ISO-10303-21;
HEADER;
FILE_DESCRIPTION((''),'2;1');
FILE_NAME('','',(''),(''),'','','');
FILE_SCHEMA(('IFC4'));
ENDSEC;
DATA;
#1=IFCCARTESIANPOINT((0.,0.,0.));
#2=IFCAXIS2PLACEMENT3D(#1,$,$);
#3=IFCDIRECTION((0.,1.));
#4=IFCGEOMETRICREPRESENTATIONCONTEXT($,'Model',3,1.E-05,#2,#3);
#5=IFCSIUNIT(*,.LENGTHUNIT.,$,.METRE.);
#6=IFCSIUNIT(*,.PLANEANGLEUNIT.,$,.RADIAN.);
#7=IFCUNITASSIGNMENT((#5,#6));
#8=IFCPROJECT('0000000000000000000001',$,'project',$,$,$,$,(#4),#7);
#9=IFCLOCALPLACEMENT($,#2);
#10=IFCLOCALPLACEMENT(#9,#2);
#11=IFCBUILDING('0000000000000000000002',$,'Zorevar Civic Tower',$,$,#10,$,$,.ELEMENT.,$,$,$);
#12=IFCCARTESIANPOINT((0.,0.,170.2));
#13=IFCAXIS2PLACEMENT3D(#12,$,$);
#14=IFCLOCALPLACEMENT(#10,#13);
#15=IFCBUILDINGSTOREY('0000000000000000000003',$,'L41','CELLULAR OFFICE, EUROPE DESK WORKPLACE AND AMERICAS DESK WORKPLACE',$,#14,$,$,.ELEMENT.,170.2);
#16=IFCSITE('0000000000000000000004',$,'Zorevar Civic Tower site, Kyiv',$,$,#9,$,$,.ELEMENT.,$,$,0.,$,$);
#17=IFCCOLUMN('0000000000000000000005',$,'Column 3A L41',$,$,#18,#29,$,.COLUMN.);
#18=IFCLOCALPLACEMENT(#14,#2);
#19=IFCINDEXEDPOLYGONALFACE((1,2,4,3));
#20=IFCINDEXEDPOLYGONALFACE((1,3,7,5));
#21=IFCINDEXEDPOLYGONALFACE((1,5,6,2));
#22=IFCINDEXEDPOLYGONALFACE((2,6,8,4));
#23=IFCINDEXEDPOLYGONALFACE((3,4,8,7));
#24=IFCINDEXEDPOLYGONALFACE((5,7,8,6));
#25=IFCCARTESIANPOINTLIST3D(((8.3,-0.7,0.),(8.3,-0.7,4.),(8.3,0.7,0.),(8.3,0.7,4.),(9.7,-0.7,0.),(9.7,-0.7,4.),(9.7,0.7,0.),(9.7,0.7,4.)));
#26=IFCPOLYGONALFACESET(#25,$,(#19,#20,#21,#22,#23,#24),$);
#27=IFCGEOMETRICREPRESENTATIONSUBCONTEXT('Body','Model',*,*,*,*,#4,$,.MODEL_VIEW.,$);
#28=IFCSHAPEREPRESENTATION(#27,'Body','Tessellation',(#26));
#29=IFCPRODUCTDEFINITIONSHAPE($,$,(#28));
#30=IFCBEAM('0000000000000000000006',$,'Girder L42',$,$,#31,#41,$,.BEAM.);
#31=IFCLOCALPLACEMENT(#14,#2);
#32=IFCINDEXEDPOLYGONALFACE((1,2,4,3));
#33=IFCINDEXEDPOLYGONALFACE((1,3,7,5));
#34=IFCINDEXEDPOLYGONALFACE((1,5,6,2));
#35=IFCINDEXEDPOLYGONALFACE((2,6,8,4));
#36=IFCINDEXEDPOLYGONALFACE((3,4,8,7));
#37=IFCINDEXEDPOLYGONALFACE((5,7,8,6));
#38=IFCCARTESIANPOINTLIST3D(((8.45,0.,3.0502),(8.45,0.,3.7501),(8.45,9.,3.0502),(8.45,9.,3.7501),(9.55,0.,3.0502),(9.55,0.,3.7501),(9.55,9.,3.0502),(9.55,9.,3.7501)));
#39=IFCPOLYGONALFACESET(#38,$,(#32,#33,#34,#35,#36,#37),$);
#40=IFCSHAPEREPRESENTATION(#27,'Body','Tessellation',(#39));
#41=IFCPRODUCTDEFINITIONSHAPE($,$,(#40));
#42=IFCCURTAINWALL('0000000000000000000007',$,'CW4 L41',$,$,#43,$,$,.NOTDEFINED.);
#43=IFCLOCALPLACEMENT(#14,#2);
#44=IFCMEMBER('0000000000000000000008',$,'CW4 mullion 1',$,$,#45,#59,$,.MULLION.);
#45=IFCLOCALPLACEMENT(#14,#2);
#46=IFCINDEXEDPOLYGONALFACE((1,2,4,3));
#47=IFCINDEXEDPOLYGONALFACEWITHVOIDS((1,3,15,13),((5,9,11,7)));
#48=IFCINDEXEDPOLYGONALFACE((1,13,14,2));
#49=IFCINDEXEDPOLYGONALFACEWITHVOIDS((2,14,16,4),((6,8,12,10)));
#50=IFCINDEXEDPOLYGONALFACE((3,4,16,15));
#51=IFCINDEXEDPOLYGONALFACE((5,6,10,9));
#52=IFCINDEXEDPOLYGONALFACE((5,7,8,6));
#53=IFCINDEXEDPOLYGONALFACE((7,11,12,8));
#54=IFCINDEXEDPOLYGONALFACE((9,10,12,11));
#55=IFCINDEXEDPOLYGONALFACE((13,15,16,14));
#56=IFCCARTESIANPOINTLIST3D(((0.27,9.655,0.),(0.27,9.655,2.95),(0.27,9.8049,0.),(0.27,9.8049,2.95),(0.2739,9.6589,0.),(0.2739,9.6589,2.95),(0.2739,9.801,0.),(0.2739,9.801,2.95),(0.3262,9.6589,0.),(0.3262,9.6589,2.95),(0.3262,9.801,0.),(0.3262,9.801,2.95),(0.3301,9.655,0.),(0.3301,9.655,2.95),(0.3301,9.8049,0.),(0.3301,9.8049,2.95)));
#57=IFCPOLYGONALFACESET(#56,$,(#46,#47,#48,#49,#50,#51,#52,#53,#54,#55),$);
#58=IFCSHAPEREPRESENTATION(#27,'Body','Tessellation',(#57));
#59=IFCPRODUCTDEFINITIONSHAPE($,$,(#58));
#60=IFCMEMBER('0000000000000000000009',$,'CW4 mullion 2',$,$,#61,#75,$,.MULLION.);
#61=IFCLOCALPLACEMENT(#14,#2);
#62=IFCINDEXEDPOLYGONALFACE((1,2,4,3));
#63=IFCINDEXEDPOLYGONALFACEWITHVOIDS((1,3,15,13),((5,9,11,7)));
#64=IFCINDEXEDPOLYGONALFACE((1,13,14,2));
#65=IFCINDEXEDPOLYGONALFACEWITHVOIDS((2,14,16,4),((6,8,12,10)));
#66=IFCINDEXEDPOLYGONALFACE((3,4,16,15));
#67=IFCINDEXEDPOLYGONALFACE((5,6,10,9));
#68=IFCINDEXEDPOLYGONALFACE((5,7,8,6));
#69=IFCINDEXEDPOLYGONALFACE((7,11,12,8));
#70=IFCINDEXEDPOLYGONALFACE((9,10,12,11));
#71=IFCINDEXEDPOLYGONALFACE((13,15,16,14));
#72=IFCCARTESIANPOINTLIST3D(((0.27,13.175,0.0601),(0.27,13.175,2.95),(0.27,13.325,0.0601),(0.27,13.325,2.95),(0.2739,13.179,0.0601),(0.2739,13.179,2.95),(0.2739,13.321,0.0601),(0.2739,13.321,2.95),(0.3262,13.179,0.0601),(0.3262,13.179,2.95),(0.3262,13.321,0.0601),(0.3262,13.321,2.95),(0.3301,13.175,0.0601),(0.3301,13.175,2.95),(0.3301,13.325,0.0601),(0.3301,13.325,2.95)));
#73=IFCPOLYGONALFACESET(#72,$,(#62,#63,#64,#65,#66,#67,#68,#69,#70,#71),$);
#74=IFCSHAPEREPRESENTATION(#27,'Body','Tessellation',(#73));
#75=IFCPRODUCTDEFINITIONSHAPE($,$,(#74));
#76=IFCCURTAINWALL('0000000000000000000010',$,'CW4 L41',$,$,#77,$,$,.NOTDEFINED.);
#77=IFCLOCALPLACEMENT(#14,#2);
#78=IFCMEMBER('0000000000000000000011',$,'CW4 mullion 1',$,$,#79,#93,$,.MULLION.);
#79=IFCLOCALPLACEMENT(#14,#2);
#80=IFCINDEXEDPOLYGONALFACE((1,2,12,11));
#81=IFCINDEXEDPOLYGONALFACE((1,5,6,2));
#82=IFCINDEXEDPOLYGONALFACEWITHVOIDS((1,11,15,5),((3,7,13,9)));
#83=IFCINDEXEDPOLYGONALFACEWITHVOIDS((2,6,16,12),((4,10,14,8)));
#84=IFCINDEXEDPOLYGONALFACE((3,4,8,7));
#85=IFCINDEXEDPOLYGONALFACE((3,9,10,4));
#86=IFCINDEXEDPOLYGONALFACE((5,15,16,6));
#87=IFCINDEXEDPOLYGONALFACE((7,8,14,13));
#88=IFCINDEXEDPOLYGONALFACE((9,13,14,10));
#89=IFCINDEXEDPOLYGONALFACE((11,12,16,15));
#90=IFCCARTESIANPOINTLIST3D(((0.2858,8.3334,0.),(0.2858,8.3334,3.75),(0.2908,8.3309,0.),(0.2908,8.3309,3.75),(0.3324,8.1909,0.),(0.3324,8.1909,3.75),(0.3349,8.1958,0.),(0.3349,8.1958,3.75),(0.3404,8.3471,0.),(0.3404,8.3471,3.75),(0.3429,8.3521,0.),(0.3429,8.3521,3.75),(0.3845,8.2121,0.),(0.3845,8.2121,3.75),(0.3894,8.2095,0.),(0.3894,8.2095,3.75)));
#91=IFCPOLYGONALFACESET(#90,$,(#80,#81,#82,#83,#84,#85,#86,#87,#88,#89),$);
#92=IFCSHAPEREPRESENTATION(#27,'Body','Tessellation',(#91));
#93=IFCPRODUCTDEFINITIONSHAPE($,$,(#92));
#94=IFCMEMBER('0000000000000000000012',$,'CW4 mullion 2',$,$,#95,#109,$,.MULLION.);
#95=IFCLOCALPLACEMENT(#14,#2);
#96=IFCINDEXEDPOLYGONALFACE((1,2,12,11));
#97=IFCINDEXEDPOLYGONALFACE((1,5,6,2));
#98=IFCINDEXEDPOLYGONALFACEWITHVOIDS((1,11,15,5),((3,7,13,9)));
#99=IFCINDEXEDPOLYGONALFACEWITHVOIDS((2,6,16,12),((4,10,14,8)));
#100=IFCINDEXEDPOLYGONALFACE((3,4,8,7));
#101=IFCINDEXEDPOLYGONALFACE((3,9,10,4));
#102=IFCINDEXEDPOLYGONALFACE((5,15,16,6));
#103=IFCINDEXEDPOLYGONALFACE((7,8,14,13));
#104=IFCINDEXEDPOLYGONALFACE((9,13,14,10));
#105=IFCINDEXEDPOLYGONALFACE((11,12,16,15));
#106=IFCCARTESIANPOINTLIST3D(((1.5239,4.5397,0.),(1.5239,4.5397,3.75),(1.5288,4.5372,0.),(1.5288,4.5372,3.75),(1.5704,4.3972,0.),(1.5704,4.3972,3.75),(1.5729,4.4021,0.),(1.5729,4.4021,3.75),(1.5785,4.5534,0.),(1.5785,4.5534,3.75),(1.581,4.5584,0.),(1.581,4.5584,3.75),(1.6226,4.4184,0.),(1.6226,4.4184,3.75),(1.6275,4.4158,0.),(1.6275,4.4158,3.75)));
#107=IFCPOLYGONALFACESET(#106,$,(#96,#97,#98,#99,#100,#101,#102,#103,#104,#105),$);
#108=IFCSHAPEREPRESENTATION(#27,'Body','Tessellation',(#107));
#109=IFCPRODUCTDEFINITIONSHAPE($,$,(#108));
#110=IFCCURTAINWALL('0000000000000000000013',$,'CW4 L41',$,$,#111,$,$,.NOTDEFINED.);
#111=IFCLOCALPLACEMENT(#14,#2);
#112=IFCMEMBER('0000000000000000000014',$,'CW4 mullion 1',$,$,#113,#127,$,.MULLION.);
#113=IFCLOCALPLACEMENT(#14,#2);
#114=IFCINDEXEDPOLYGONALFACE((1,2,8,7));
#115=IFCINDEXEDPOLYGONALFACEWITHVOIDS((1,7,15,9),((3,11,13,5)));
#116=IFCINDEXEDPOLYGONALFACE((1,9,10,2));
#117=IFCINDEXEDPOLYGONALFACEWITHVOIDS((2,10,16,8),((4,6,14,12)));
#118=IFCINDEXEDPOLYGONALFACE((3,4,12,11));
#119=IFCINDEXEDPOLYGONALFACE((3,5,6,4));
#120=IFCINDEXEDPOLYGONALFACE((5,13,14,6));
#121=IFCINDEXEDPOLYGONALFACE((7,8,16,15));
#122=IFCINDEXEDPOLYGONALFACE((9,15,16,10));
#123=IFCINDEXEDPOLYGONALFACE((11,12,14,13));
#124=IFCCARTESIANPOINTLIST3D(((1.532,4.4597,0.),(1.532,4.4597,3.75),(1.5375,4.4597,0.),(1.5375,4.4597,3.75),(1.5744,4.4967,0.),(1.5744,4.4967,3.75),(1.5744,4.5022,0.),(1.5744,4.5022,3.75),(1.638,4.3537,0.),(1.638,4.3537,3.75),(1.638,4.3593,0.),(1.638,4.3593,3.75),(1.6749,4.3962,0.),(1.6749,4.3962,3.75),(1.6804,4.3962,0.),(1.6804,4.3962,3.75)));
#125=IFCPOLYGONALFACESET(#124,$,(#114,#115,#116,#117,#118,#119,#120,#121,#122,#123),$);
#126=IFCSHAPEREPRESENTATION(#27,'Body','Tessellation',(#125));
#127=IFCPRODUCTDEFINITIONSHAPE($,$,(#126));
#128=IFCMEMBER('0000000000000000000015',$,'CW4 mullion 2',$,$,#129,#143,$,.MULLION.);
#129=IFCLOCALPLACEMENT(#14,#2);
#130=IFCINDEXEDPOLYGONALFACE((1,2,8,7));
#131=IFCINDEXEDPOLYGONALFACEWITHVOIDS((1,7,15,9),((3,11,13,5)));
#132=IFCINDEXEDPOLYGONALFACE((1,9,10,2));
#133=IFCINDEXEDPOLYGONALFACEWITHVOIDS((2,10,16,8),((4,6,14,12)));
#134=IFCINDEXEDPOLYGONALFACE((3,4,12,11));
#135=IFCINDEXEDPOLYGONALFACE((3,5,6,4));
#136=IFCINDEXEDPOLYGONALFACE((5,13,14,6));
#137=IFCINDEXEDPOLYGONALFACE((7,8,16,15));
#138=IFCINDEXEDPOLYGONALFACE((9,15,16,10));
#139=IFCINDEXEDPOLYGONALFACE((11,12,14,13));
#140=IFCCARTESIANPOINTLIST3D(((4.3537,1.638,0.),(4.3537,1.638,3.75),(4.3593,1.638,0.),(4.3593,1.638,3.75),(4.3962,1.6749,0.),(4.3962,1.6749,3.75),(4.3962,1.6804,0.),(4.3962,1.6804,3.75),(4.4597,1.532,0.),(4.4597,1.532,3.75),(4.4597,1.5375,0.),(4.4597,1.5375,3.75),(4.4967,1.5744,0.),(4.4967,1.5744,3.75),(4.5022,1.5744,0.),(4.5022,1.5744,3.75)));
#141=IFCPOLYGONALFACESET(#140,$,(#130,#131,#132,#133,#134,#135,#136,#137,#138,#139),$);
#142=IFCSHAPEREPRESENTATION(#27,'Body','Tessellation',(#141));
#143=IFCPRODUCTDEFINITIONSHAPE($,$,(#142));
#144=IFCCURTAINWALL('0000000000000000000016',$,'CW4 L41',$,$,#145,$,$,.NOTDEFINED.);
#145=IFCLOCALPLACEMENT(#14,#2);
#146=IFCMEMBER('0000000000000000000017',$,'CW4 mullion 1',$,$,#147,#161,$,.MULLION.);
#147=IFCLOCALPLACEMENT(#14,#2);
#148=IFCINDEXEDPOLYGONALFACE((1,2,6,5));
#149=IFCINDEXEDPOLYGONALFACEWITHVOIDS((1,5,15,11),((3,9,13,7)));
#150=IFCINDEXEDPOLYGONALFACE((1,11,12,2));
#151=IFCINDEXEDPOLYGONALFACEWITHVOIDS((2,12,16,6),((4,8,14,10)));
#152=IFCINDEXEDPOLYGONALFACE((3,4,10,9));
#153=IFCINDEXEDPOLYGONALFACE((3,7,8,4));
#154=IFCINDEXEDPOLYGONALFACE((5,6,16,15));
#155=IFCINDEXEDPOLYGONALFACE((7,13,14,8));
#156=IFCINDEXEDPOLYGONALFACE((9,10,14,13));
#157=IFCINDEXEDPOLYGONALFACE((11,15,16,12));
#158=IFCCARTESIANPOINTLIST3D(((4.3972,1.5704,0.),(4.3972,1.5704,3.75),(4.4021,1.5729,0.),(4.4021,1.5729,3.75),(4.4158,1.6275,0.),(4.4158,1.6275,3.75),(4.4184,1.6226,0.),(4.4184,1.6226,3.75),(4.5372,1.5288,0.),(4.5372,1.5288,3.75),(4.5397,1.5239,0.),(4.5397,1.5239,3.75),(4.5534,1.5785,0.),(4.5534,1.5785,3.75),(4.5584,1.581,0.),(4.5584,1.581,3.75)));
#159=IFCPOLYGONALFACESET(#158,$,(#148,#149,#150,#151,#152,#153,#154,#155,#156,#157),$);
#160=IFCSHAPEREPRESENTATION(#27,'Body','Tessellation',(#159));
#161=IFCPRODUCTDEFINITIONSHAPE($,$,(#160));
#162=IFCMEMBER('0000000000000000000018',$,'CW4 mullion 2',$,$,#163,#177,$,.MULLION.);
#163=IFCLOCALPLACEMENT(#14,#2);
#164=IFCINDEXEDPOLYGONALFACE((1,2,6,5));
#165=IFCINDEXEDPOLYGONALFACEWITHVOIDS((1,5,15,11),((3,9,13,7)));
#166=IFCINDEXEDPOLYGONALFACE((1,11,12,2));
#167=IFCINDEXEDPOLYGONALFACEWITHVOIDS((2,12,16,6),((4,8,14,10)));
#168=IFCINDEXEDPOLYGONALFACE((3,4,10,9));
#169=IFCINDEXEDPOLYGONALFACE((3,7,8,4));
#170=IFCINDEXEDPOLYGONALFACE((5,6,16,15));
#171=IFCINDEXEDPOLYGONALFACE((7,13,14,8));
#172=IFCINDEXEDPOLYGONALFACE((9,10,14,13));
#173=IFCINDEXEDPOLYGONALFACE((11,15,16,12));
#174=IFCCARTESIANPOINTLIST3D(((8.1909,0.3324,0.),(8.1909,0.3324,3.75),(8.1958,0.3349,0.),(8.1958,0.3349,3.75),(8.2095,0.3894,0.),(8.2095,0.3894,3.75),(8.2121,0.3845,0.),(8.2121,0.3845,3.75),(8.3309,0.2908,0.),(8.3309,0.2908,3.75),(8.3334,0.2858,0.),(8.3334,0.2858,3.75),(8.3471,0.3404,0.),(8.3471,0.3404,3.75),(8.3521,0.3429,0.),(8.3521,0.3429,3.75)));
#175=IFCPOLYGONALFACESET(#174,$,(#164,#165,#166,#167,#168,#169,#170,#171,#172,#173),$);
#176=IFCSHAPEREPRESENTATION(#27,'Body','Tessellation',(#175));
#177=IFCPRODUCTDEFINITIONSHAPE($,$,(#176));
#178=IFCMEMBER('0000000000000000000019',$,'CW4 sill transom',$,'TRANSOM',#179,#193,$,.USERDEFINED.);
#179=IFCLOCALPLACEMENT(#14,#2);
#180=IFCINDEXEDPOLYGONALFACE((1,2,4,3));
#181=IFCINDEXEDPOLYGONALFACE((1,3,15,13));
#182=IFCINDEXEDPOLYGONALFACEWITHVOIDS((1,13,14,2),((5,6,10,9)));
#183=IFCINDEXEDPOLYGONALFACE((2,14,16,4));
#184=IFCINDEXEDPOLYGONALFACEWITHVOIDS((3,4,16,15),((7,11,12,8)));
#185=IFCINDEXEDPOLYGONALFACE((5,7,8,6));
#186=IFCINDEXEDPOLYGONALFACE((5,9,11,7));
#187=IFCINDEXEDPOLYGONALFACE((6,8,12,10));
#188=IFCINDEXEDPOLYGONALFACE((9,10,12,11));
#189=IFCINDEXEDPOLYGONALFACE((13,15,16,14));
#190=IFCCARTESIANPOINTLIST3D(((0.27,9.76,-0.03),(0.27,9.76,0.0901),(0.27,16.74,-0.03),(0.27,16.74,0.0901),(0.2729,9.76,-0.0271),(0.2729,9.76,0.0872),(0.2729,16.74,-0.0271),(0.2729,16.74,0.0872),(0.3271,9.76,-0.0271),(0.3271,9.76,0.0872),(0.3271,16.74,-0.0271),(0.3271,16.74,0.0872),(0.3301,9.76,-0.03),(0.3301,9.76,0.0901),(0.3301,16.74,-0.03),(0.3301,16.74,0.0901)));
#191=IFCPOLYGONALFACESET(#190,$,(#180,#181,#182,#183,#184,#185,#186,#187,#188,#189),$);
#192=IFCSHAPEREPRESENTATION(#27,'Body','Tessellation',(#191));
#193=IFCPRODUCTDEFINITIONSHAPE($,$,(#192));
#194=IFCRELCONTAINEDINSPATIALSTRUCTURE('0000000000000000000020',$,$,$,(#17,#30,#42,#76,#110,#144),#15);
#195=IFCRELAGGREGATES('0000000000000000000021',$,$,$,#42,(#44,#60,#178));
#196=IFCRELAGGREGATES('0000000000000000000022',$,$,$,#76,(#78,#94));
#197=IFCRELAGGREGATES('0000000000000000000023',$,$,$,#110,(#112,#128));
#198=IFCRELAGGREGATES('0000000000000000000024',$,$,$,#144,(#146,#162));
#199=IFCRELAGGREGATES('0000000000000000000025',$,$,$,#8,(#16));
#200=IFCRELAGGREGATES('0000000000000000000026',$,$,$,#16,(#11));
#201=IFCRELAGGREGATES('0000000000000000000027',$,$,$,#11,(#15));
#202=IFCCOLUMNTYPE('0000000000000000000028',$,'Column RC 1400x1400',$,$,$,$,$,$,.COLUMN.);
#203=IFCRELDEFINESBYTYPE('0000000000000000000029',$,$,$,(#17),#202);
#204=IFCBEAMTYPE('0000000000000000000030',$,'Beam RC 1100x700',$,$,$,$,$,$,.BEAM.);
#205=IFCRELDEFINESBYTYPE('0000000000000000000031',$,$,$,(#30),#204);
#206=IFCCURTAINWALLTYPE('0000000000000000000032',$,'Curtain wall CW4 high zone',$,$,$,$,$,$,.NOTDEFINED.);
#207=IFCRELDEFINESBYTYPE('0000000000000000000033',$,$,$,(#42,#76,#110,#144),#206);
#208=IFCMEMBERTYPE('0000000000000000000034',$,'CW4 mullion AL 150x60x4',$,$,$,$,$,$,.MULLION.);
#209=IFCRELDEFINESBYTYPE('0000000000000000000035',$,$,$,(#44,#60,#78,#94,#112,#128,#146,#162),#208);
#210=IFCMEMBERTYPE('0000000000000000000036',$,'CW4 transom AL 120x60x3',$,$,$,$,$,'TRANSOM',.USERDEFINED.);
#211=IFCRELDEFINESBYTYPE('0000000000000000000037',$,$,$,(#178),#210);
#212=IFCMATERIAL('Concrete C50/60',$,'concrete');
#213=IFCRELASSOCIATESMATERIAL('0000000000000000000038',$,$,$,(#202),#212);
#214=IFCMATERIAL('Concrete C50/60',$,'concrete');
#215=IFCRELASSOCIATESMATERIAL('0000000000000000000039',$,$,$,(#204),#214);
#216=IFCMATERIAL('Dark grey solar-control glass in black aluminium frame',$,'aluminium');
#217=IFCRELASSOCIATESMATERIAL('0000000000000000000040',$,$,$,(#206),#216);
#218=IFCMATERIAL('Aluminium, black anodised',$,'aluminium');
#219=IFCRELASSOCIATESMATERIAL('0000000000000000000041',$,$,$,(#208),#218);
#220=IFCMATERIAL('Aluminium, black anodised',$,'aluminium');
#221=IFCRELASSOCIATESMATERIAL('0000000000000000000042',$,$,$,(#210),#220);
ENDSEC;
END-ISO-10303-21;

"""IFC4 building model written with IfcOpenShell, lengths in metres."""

from ifc_helpers import new_model, si_unit, direction, frame, origin, origin_2d, place, context, subcontext, project, spatial, rectangle, hollow_rectangle, extrude, material, material_profile, profile_set, type_object, element, aggregate, save


model = new_model("IFC4")

# Units and contexts
model_context = context("Model", 3, precision=1e-05, world=origin(), true_north=direction((0.0, 1.0)))
body_context = subcontext(model_context, "Body", "Model", "MODEL_VIEW")
ifc_project = project(units=[si_unit("LENGTHUNIT", "METRE"), si_unit("PLANEANGLEUNIT", "RADIAN")], contexts=[model_context])

# Site, building, storey
site_placement = place(None, origin())
site = spatial("IfcSite", under=ifc_project, at=site_placement, Name="Zorevar Civic Tower site, Kyiv", CompositionType="ELEMENT", RefElevation=0.0)
building_placement = place(site_placement, origin())
building = spatial("IfcBuilding", under=site, at=building_placement, Name="Zorevar Civic Tower", CompositionType="ELEMENT")
storey_placement = place(building_placement, frame((0.0, 0.0, 170.2)))
storey = spatial("IfcBuildingStorey", under=building, at=storey_placement, Name="L41", Description="CELLULAR OFFICE, EUROPE DESK WORKPLACE AND AMERICAS DESK WORKPLACE", CompositionType="ELEMENT", Elevation=170.2)

# Column
ifc_material_1 = material(Name="Concrete C50/60", Category="concrete")
ifc_material_profile_1 = material_profile(ifc_material_1, rectangle(XDim=1.3999, YDim=1.3999, at=origin_2d()), Name="RC 1400x1400")
ifc_profile_set_1 = profile_set([ifc_material_profile_1], Name="Concrete C50/60")
column_type = type_object("IfcColumnType", Name="Column RC 1400x1400", PredefinedType="COLUMN", material=ifc_profile_set_1)
column_placement = place(storey_placement, frame((9.0, 0.0, 0.0), z_axis=(0.0, 0.0, 1.0), x_axis=(1.0, 0.0, 0.0)))
element("IfcColumn", 1, at=column_placement, inside=storey, type_object=column_type, Name="Column 3A L41", PredefinedType="COLUMN", context=body_context, shape_type="SweptSolid", body=[
    extrude(rectangle(XDim=1.3999, YDim=1.3999, at=origin_2d()), origin(), (0.0, 0.0, 1.0), 4.0),
])

# Beam
ifc_material_2 = material(Name="Concrete C50/60", Category="concrete")
ifc_material_profile_2 = material_profile(ifc_material_2, rectangle(XDim=1.1001, YDim=0.7, at=origin_2d()), Name="RC 1100x700")
ifc_profile_set_2 = profile_set([ifc_material_profile_2], Name="Concrete C50/60")
beam_type_1 = type_object("IfcBeamType", Name="Beam RC 1100x700", PredefinedType="BEAM", material=ifc_profile_set_2)
beam_1_placement = place(storey_placement, frame((9.0, 0.0, 3.4001), z_axis=(0.0, 1.0, 0.0), x_axis=(-1.0, 0.0, 0.0)))
element("IfcBeam", 2, at=beam_1_placement, inside=storey, type_object=beam_type_1, Name="Girder L42", PredefinedType="BEAM", context=body_context, shape_type="SweptSolid", body=[
    extrude(rectangle(XDim=1.1001, YDim=0.7, at=origin_2d()), origin(), (0.0, 0.0, 1.0), 9.0),
])

# Curtain walls, members
ifc_material_3 = material(Name="Dark grey solar-control glass in black aluminium frame", Category="aluminium")
curtain_wall_type = type_object("IfcCurtainWallType", Name="Curtain wall CW4 high zone", PredefinedType="NOTDEFINED", material=ifc_material_3)
curtain_wall_1_placement = place(storey_placement, origin())
curtain_wall_1 = element("IfcCurtainWall", 3, at=curtain_wall_1_placement, inside=storey, type_object=curtain_wall_type, Name="CW4 L41", PredefinedType="NOTDEFINED")
ifc_material_4 = material(Name="Aluminium, black anodised", Category="aluminium")
ifc_material_profile_3 = material_profile(ifc_material_4, hollow_rectangle(XDim=0.0601, YDim=0.1499, WallThickness=0.0039, at=origin_2d()), Name="AL 150x60x4")
ifc_profile_set_3 = profile_set([ifc_material_profile_3], Name="Aluminium, black anodised")
member_type_1 = type_object("IfcMemberType", Name="CW4 mullion AL 150x60x4", PredefinedType="MULLION", material=ifc_profile_set_3)
member_1_placement = place(storey_placement, frame((0.3, 9.73, 0.0), z_axis=(0.0, 0.0, 1.0), x_axis=(-1.0, 0.0, 0.0)))
member_1 = element("IfcMember", 4, at=member_1_placement, type_object=member_type_1, Name="CW4 mullion 1", PredefinedType="MULLION", context=body_context, shape_type="SweptSolid", body=[
    extrude(hollow_rectangle(XDim=0.0601, YDim=0.1499, WallThickness=0.0039, at=origin_2d()), origin(), (0.0, 0.0, 1.0), 2.95),
])
member_2_placement = place(storey_placement, frame((0.3, 13.25, 0.0601), z_axis=(0.0, 0.0, 1.0), x_axis=(-1.0, 0.0, 0.0)))
member_2 = element("IfcMember", 5, at=member_2_placement, type_object=member_type_1, Name="CW4 mullion 2", PredefinedType="MULLION", context=body_context, shape_type="SweptSolid", body=[
    extrude(hollow_rectangle(XDim=0.0601, YDim=0.1499, WallThickness=0.0039, at=origin_2d()), origin(), (0.0, 0.0, 1.0), 2.8899),
])
curtain_wall_2_placement = place(storey_placement, origin())
curtain_wall_2 = element("IfcCurtainWall", 6, at=curtain_wall_2_placement, inside=storey, type_object=curtain_wall_type, Name="CW4 L41", PredefinedType="NOTDEFINED")
member_3_placement = place(storey_placement, frame((0.3376, 8.2715, 0.0), z_axis=(0.0, 0.0, 1.0), x_axis=(0.950645, 0.310281, 0.0)))
member_3 = element("IfcMember", 7, at=member_3_placement, type_object=member_type_1, Name="CW4 mullion 1", PredefinedType="MULLION", context=body_context, shape_type="SweptSolid", body=[
    extrude(hollow_rectangle(XDim=0.0601, YDim=0.1499, WallThickness=0.0039, at=origin_2d()), origin(), (0.0, 0.0, 1.0), 3.75),
])
member_4_placement = place(storey_placement, frame((1.5757, 4.4778, 0.0), z_axis=(0.0, 0.0, 1.0), x_axis=(0.950645, 0.310281, 0.0)))
member_4 = element("IfcMember", 8, at=member_4_placement, type_object=member_type_1, Name="CW4 mullion 2", PredefinedType="MULLION", context=body_context, shape_type="SweptSolid", body=[
    extrude(hollow_rectangle(XDim=0.0601, YDim=0.1499, WallThickness=0.0039, at=origin_2d()), origin(), (0.0, 0.0, 1.0), 3.75),
])
curtain_wall_3_placement = place(storey_placement, origin())
curtain_wall_3 = element("IfcCurtainWall", 9, at=curtain_wall_3_placement, inside=storey, type_object=curtain_wall_type, Name="CW4 L41", PredefinedType="NOTDEFINED")
member_5_placement = place(storey_placement, frame((1.6062, 4.428, 0.0), z_axis=(0.0, 0.0, 1.0), x_axis=(0.707107, 0.707107, 0.0)))
member_5 = element("IfcMember", 10, at=member_5_placement, type_object=member_type_1, Name="CW4 mullion 1", PredefinedType="MULLION", context=body_context, shape_type="SweptSolid", body=[
    extrude(hollow_rectangle(XDim=0.0601, YDim=0.1499, WallThickness=0.0039, at=origin_2d()), origin(), (0.0, 0.0, 1.0), 3.75),
])
member_6_placement = place(storey_placement, frame((4.428, 1.6062, 0.0), z_axis=(0.0, 0.0, 1.0), x_axis=(0.707107, 0.707107, 0.0)))
member_6 = element("IfcMember", 11, at=member_6_placement, type_object=member_type_1, Name="CW4 mullion 2", PredefinedType="MULLION", context=body_context, shape_type="SweptSolid", body=[
    extrude(hollow_rectangle(XDim=0.0601, YDim=0.1499, WallThickness=0.0039, at=origin_2d()), origin(), (0.0, 0.0, 1.0), 3.75),
])
curtain_wall_4_placement = place(storey_placement, origin())
curtain_wall_4 = element("IfcCurtainWall", 12, at=curtain_wall_4_placement, inside=storey, type_object=curtain_wall_type, Name="CW4 L41", PredefinedType="NOTDEFINED")
member_7_placement = place(storey_placement, frame((4.4778, 1.5757, 0.0), z_axis=(0.0, 0.0, 1.0), x_axis=(0.310281, 0.950645, 0.0)))
member_7 = element("IfcMember", 13, at=member_7_placement, type_object=member_type_1, Name="CW4 mullion 1", PredefinedType="MULLION", context=body_context, shape_type="SweptSolid", body=[
    extrude(hollow_rectangle(XDim=0.0601, YDim=0.1499, WallThickness=0.0039, at=origin_2d()), origin(), (0.0, 0.0, 1.0), 3.75),
])
member_8_placement = place(storey_placement, frame((8.2715, 0.3376, 0.0), z_axis=(0.0, 0.0, 1.0), x_axis=(0.310281, 0.950645, 0.0)))
member_8 = element("IfcMember", 14, at=member_8_placement, type_object=member_type_1, Name="CW4 mullion 2", PredefinedType="MULLION", context=body_context, shape_type="SweptSolid", body=[
    extrude(hollow_rectangle(XDim=0.0601, YDim=0.1499, WallThickness=0.0039, at=origin_2d()), origin(), (0.0, 0.0, 1.0), 3.75),
])

# Member
ifc_material_5 = material(Name="Aluminium, black anodised", Category="aluminium")
ifc_material_profile_4 = material_profile(ifc_material_5, hollow_rectangle(XDim=0.0601, YDim=0.1201, WallThickness=0.0029, at=origin_2d()), Name="AL 120x60x3")
ifc_profile_set_4 = profile_set([ifc_material_profile_4], Name="Aluminium, black anodised")
member_type_2 = type_object("IfcMemberType", Name="CW4 transom AL 120x60x3", ElementType="TRANSOM", PredefinedType="USERDEFINED", material=ifc_profile_set_4)
member_9_placement = place(storey_placement, frame((0.3, 9.76, 0.03), z_axis=(0.0, 1.0, 0.0), x_axis=(-1.0, 0.0, 0.0)))
member_9 = element("IfcMember", 15, at=member_9_placement, type_object=member_type_2, Name="CW4 sill transom", ObjectType="TRANSOM", PredefinedType="USERDEFINED", context=body_context, shape_type="SweptSolid", body=[
    extrude(hollow_rectangle(XDim=0.0601, YDim=0.1201, WallThickness=0.0029, at=origin_2d()), origin(), (0.0, 0.0, 1.0), 6.98),
])

aggregate(curtain_wall_1, [member_1, member_2, member_9])
aggregate(curtain_wall_2, [member_3, member_4])
aggregate(curtain_wall_3, [member_5, member_6])
aggregate(curtain_wall_4, [member_7, member_8])

save(model, "model.ifc")
